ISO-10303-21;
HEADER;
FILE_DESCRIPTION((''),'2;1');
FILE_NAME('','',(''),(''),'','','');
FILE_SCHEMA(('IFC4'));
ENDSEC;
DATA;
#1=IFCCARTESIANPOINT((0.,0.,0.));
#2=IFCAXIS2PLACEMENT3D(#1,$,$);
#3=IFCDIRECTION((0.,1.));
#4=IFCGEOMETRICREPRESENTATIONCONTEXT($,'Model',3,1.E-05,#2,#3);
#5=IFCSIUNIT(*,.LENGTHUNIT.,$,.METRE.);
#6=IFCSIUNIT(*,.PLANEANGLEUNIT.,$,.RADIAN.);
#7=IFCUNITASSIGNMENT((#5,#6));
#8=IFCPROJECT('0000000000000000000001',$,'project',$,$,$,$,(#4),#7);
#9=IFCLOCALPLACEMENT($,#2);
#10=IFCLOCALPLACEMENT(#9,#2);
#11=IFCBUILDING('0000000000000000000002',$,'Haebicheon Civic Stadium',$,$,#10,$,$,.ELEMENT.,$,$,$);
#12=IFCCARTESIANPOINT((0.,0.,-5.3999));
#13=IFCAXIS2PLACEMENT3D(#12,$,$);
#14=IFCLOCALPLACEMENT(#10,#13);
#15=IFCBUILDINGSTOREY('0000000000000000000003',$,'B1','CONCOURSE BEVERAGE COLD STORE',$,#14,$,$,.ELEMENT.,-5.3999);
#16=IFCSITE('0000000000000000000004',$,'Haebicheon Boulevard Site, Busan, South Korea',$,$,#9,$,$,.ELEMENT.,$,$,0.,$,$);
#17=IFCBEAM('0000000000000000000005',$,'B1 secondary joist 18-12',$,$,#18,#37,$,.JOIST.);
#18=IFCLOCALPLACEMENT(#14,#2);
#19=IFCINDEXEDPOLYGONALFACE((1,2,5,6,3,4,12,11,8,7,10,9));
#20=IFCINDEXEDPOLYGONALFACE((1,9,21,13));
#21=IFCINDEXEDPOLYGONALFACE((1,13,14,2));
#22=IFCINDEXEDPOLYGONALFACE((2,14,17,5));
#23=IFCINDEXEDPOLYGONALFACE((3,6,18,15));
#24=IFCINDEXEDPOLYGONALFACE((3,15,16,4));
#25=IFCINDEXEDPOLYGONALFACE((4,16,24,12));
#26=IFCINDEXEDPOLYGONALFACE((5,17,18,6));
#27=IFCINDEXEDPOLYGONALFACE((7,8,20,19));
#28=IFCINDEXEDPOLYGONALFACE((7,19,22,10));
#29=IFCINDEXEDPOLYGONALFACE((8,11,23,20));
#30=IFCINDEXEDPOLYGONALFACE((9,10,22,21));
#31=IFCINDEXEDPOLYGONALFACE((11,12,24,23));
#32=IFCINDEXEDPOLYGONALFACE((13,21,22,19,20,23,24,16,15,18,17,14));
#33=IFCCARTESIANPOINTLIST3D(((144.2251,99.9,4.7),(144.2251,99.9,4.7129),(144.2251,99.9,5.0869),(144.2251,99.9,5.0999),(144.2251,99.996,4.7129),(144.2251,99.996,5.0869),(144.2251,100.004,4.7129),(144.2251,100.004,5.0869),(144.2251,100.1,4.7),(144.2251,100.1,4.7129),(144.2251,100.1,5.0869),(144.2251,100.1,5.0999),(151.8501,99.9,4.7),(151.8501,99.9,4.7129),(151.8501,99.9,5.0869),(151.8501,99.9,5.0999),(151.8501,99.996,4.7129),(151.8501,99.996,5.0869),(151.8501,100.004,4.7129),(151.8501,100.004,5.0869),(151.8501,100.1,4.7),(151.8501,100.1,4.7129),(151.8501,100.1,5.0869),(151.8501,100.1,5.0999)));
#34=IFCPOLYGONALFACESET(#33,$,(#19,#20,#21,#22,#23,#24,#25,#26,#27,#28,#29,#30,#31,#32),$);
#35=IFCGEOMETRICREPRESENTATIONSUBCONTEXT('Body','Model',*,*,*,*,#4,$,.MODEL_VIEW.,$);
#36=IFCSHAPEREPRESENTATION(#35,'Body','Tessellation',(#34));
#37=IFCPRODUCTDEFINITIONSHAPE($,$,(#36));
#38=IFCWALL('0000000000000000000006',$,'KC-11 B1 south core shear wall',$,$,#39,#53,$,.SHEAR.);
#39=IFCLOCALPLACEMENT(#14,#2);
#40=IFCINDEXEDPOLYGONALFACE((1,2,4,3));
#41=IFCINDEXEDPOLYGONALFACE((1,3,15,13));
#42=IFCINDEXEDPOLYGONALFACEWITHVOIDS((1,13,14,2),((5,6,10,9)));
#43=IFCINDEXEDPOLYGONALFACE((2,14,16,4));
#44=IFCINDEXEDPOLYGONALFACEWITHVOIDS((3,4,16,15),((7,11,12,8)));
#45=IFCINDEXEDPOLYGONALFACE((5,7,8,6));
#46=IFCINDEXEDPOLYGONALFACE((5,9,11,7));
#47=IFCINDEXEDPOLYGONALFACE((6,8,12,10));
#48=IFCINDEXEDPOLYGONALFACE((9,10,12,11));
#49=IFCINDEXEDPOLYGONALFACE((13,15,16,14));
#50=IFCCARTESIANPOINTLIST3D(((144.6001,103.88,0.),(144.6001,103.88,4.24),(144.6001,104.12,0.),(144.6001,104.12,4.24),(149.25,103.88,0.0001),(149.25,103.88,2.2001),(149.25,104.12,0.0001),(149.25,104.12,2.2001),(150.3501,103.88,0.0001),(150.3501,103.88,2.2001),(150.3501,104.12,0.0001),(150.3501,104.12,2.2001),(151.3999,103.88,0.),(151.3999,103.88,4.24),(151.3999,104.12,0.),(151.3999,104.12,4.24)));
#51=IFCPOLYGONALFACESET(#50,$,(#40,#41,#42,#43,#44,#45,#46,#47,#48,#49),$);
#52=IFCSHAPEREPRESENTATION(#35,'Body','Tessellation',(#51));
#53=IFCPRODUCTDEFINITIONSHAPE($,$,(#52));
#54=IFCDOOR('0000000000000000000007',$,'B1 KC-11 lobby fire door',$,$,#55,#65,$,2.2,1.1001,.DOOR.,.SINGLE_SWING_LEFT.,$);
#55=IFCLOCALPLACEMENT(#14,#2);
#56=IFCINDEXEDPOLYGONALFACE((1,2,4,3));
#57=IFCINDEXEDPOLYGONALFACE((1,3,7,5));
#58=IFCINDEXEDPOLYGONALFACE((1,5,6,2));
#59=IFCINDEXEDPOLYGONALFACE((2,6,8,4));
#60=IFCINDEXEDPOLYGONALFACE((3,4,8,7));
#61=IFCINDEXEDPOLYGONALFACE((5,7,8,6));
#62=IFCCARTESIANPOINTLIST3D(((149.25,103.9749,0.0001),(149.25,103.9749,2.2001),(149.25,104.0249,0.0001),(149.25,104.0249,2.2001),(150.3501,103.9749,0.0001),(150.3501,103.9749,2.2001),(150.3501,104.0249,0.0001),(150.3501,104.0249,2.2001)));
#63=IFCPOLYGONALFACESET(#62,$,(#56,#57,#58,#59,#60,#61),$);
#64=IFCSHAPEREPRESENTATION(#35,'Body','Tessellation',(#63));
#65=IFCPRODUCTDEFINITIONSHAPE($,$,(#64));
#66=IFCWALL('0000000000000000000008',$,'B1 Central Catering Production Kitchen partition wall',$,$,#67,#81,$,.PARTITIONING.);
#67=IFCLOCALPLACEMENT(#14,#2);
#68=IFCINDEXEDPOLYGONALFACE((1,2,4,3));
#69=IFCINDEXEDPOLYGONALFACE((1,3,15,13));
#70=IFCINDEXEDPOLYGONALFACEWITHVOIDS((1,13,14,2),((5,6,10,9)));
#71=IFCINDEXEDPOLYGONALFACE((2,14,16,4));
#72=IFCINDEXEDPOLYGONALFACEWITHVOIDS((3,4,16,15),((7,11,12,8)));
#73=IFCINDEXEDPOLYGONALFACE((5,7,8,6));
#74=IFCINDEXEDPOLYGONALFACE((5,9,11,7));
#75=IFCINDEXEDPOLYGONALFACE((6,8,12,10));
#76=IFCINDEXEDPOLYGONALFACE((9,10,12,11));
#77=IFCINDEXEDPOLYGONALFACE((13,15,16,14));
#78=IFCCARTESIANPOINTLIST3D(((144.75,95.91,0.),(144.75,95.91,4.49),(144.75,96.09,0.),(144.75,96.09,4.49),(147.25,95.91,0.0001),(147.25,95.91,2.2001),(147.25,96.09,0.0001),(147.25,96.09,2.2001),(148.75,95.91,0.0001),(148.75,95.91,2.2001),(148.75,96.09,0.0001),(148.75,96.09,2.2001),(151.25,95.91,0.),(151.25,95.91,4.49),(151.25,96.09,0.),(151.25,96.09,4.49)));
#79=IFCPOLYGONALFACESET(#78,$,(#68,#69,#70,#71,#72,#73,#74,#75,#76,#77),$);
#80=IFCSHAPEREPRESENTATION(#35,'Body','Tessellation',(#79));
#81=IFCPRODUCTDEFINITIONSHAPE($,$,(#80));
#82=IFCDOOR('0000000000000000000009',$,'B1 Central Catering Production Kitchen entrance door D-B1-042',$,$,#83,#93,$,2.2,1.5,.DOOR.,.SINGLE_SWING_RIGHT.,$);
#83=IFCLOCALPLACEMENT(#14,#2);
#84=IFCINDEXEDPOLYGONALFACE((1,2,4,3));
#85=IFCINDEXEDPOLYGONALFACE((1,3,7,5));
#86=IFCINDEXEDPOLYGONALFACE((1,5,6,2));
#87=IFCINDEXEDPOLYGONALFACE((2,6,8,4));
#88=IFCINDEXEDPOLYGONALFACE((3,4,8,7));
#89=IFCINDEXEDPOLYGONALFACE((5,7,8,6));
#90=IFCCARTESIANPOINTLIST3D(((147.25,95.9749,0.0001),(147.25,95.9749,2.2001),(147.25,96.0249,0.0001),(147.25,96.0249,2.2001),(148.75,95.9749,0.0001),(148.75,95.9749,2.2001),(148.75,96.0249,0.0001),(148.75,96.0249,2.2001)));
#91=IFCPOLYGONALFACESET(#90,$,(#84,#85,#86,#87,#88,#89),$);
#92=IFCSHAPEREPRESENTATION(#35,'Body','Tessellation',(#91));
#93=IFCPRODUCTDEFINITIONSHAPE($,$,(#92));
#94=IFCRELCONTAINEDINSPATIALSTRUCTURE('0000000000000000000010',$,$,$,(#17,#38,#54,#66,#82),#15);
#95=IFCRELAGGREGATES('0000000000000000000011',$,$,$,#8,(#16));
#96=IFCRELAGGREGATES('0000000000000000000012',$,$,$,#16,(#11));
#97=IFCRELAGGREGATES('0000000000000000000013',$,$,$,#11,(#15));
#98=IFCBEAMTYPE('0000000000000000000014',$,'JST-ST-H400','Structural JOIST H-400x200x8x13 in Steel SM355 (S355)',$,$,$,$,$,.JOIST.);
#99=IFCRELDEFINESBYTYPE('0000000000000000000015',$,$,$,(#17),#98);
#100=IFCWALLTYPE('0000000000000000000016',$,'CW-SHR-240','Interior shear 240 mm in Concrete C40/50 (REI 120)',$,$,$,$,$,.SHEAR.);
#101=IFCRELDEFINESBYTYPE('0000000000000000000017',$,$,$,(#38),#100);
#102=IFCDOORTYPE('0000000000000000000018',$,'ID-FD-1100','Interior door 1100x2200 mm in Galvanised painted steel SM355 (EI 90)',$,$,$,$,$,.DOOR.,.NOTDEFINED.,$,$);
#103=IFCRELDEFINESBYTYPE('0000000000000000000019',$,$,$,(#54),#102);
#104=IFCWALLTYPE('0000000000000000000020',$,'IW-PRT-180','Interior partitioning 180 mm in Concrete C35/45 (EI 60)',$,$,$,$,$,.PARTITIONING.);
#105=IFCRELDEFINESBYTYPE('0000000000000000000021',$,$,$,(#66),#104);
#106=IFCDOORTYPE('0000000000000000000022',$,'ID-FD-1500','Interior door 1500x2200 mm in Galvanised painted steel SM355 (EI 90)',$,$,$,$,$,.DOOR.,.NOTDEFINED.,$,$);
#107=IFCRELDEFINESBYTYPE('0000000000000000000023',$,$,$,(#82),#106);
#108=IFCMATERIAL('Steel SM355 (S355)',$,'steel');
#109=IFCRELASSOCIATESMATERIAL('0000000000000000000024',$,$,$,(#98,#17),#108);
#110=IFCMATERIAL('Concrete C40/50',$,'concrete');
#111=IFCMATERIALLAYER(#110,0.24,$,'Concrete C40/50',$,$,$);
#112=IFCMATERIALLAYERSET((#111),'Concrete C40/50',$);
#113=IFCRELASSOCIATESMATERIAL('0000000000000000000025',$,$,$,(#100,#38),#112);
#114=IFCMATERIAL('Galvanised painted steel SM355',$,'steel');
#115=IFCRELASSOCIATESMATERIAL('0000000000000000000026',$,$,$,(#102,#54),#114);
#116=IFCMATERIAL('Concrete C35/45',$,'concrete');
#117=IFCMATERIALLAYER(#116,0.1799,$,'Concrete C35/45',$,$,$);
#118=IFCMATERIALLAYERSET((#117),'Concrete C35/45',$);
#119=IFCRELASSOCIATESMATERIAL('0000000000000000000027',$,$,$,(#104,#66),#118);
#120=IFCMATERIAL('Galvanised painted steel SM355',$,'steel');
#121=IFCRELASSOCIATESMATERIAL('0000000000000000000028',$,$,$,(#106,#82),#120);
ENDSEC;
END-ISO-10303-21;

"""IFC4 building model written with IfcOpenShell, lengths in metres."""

from ifc_helpers import new_model, si_unit, direction, frame, frame_2d, origin, origin_2d, place, context, subcontext, project, spatial, rectangle, i_section, extrude, material, layer, layer_set, material_profile, profile_set, type_object, element, fill, save


model = new_model("IFC4")

# Units and contexts
model_context = context("Model", 3, precision=1e-05, world=origin(), true_north=direction((0.0, 1.0)))
body_context = subcontext(model_context, "Body", "Model", "MODEL_VIEW")
ifc_project = project(units=[si_unit("LENGTHUNIT", "METRE"), si_unit("PLANEANGLEUNIT", "RADIAN")], contexts=[model_context])

# Site, building, storey
site_placement = place(None, origin())
site = spatial("IfcSite", under=ifc_project, at=site_placement, Name="Haebicheon Boulevard Site, Busan, South Korea", CompositionType="ELEMENT", RefElevation=0.0)
building_placement = place(site_placement, origin())
building = spatial("IfcBuilding", under=site, at=building_placement, Name="Haebicheon Civic Stadium", CompositionType="ELEMENT")
storey_placement = place(building_placement, frame((0.0, 0.0, -5.3999)))
storey = spatial("IfcBuildingStorey", under=building, at=storey_placement, Name="B1", Description="CONCOURSE BEVERAGE COLD STORE", CompositionType="ELEMENT", Elevation=-5.3999)

# Beam
ifc_material_1 = material(Name="Steel SM355 (S355)", Category="steel")
ifc_material_profile_1 = material_profile(ifc_material_1, i_section(OverallWidth=0.2, OverallDepth=0.3999, WebThickness=0.0081, FlangeThickness=0.0129, at=origin_2d()), Name="H-400x200x8x13")
ifc_profile_set_1 = profile_set([ifc_material_profile_1], Name="Steel SM355 (S355)")
beam_type_1 = type_object("IfcBeamType", Name="JST-ST-H400", Description="Structural JOIST H-400x200x8x13 in Steel SM355 (S355)", PredefinedType="JOIST", material=ifc_profile_set_1)
for number, where, z_axis, x_axis, name in (
    (1, (144.2251, 100.0, 4.8999), (1.0, 0.0, 0.0), (0.0, 1.0, 0.0), "B1 secondary joist 18-12"),
):
    element("IfcBeam", number, at=place(storey_placement, frame(where, z_axis=z_axis, x_axis=x_axis)), inside=storey, type_object=beam_type_1, material=ifc_profile_set_1, Name=name, PredefinedType="JOIST", context=body_context, shape_type="SweptSolid", body=[
        extrude(i_section(OverallWidth=0.2, OverallDepth=0.3999, WebThickness=0.0081, FlangeThickness=0.0129, at=origin_2d()), origin(), (0.0, 0.0, 1.0), 7.625),
    ])

# Walls, openings, doors
ifc_material_2 = material(Name="Concrete C40/50", Category="concrete")
ifc_layer_1 = layer(ifc_material_2, 0.24, Name="Concrete C40/50")
ifc_layer_set_1 = layer_set([ifc_layer_1], Name="Concrete C40/50")
wall_type_1 = type_object("IfcWallType", Name="CW-SHR-240", Description="Interior shear 240 mm in Concrete C40/50 (REI 120)", PredefinedType="SHEAR", material=ifc_layer_set_1)
wall_1_placement = place(storey_placement, frame((144.6001, 104.0, 0.0), z_axis=(0.0, 0.0, 1.0), x_axis=(1.0, 0.0, 0.0)))
wall_1 = element("IfcWall", 2, at=wall_1_placement, inside=storey, type_object=wall_type_1, material=ifc_layer_set_1, Name="KC-11 B1 south core shear wall", PredefinedType="SHEAR", context=body_context, shape_type="SweptSolid", body=[
    extrude(rectangle(XDim=6.7998, YDim=0.24, at=frame_2d((3.3999, 0.0))), origin(), (0.0, 0.0, 1.0), 4.24),
])
opening_1_placement = place(wall_1_placement, frame((4.6499, 0.0, 0.0)))
opening_1 = element("IfcOpeningElement", 3, at=opening_1_placement, cuts=wall_1, PredefinedType="OPENING", context=body_context, shape_type="SweptSolid", body=[
    extrude(rectangle(XDim=1.1001, YDim=2.2, at=frame_2d((0.55, 1.1001))), frame((0.0, 0.1299, 0.0), z_axis=(0.0, -1.0, 0.0), x_axis=(1.0, 0.0, 0.0)), (0.0, 0.0, 1.0), 0.26),
])
ifc_material_3 = material(Name="Galvanised painted steel SM355", Category="steel")
door_type_1 = type_object("IfcDoorType", Name="ID-FD-1100", Description="Interior door 1100x2200 mm in Galvanised painted steel SM355 (EI 90)", OperationType="NOTDEFINED", PredefinedType="DOOR", material=ifc_material_3)
door_1_placement = place(opening_1_placement, origin())
door_1 = element("IfcDoor", 4, at=door_1_placement, inside=storey, type_object=door_type_1, material=ifc_material_3, Name="B1 KC-11 lobby fire door", OperationType="SINGLE_SWING_LEFT", OverallHeight=2.2, OverallWidth=1.1001, PredefinedType="DOOR", context=body_context, shape_type="SweptSolid", body=[
    extrude(rectangle(XDim=1.1001, YDim=2.2, at=frame_2d((0.55, 1.1001))), frame((0.0, 0.0249, 0.0), z_axis=(0.0, -1.0, 0.0), x_axis=(1.0, 0.0, 0.0)), (0.0, 0.0, 1.0), 0.05),
])
fill(opening_1, door_1)
ifc_material_4 = material(Name="Concrete C35/45", Category="concrete")
ifc_layer_2 = layer(ifc_material_4, 0.1799, Name="Concrete C35/45")
ifc_layer_set_2 = layer_set([ifc_layer_2], Name="Concrete C35/45")
wall_type_2 = type_object("IfcWallType", Name="IW-PRT-180", Description="Interior partitioning 180 mm in Concrete C35/45 (EI 60)", PredefinedType="PARTITIONING", material=ifc_layer_set_2)
wall_2_placement = place(storey_placement, frame((144.75, 96.0, 0.0), z_axis=(0.0, 0.0, 1.0), x_axis=(1.0, 0.0, 0.0)))
wall_2 = element("IfcWall", 5, at=wall_2_placement, inside=storey, type_object=wall_type_2, material=ifc_layer_set_2, Name="B1 Central Catering Production Kitchen partition wall", PredefinedType="PARTITIONING", context=body_context, shape_type="SweptSolid", body=[
    extrude(rectangle(XDim=6.5, YDim=0.1799, at=frame_2d((3.25, 0.0))), origin(), (0.0, 0.0, 1.0), 4.49),
])
opening_2_placement = place(wall_2_placement, frame((2.5, 0.0, 0.0)))
opening_2 = element("IfcOpeningElement", 6, at=opening_2_placement, cuts=wall_2, PredefinedType="OPENING", context=body_context, shape_type="SweptSolid", body=[
    extrude(rectangle(XDim=1.5, YDim=2.2, at=frame_2d((0.75, 1.1001))), frame((0.0, 0.0999, 0.0), z_axis=(0.0, -1.0, 0.0), x_axis=(1.0, 0.0, 0.0)), (0.0, 0.0, 1.0), 0.2),
])
ifc_material_5 = material(Name="Galvanised painted steel SM355", Category="steel")
door_type_2 = type_object("IfcDoorType", Name="ID-FD-1500", Description="Interior door 1500x2200 mm in Galvanised painted steel SM355 (EI 90)", OperationType="NOTDEFINED", PredefinedType="DOOR", material=ifc_material_5)
door_2_placement = place(opening_2_placement, origin())
door_2 = element("IfcDoor", 7, at=door_2_placement, inside=storey, type_object=door_type_2, material=ifc_material_5, Name="B1 Central Catering Production Kitchen entrance door D-B1-042", OperationType="SINGLE_SWING_RIGHT", OverallHeight=2.2, OverallWidth=1.5, PredefinedType="DOOR", context=body_context, shape_type="SweptSolid", body=[
    extrude(rectangle(XDim=1.5, YDim=2.2, at=frame_2d((0.75, 1.1001))), frame((0.0, 0.0249, 0.0), z_axis=(0.0, -1.0, 0.0), x_axis=(1.0, 0.0, 0.0)), (0.0, 0.0, 1.0), 0.05),
])
fill(opening_2, door_2)

save(model, "model.ifc")
